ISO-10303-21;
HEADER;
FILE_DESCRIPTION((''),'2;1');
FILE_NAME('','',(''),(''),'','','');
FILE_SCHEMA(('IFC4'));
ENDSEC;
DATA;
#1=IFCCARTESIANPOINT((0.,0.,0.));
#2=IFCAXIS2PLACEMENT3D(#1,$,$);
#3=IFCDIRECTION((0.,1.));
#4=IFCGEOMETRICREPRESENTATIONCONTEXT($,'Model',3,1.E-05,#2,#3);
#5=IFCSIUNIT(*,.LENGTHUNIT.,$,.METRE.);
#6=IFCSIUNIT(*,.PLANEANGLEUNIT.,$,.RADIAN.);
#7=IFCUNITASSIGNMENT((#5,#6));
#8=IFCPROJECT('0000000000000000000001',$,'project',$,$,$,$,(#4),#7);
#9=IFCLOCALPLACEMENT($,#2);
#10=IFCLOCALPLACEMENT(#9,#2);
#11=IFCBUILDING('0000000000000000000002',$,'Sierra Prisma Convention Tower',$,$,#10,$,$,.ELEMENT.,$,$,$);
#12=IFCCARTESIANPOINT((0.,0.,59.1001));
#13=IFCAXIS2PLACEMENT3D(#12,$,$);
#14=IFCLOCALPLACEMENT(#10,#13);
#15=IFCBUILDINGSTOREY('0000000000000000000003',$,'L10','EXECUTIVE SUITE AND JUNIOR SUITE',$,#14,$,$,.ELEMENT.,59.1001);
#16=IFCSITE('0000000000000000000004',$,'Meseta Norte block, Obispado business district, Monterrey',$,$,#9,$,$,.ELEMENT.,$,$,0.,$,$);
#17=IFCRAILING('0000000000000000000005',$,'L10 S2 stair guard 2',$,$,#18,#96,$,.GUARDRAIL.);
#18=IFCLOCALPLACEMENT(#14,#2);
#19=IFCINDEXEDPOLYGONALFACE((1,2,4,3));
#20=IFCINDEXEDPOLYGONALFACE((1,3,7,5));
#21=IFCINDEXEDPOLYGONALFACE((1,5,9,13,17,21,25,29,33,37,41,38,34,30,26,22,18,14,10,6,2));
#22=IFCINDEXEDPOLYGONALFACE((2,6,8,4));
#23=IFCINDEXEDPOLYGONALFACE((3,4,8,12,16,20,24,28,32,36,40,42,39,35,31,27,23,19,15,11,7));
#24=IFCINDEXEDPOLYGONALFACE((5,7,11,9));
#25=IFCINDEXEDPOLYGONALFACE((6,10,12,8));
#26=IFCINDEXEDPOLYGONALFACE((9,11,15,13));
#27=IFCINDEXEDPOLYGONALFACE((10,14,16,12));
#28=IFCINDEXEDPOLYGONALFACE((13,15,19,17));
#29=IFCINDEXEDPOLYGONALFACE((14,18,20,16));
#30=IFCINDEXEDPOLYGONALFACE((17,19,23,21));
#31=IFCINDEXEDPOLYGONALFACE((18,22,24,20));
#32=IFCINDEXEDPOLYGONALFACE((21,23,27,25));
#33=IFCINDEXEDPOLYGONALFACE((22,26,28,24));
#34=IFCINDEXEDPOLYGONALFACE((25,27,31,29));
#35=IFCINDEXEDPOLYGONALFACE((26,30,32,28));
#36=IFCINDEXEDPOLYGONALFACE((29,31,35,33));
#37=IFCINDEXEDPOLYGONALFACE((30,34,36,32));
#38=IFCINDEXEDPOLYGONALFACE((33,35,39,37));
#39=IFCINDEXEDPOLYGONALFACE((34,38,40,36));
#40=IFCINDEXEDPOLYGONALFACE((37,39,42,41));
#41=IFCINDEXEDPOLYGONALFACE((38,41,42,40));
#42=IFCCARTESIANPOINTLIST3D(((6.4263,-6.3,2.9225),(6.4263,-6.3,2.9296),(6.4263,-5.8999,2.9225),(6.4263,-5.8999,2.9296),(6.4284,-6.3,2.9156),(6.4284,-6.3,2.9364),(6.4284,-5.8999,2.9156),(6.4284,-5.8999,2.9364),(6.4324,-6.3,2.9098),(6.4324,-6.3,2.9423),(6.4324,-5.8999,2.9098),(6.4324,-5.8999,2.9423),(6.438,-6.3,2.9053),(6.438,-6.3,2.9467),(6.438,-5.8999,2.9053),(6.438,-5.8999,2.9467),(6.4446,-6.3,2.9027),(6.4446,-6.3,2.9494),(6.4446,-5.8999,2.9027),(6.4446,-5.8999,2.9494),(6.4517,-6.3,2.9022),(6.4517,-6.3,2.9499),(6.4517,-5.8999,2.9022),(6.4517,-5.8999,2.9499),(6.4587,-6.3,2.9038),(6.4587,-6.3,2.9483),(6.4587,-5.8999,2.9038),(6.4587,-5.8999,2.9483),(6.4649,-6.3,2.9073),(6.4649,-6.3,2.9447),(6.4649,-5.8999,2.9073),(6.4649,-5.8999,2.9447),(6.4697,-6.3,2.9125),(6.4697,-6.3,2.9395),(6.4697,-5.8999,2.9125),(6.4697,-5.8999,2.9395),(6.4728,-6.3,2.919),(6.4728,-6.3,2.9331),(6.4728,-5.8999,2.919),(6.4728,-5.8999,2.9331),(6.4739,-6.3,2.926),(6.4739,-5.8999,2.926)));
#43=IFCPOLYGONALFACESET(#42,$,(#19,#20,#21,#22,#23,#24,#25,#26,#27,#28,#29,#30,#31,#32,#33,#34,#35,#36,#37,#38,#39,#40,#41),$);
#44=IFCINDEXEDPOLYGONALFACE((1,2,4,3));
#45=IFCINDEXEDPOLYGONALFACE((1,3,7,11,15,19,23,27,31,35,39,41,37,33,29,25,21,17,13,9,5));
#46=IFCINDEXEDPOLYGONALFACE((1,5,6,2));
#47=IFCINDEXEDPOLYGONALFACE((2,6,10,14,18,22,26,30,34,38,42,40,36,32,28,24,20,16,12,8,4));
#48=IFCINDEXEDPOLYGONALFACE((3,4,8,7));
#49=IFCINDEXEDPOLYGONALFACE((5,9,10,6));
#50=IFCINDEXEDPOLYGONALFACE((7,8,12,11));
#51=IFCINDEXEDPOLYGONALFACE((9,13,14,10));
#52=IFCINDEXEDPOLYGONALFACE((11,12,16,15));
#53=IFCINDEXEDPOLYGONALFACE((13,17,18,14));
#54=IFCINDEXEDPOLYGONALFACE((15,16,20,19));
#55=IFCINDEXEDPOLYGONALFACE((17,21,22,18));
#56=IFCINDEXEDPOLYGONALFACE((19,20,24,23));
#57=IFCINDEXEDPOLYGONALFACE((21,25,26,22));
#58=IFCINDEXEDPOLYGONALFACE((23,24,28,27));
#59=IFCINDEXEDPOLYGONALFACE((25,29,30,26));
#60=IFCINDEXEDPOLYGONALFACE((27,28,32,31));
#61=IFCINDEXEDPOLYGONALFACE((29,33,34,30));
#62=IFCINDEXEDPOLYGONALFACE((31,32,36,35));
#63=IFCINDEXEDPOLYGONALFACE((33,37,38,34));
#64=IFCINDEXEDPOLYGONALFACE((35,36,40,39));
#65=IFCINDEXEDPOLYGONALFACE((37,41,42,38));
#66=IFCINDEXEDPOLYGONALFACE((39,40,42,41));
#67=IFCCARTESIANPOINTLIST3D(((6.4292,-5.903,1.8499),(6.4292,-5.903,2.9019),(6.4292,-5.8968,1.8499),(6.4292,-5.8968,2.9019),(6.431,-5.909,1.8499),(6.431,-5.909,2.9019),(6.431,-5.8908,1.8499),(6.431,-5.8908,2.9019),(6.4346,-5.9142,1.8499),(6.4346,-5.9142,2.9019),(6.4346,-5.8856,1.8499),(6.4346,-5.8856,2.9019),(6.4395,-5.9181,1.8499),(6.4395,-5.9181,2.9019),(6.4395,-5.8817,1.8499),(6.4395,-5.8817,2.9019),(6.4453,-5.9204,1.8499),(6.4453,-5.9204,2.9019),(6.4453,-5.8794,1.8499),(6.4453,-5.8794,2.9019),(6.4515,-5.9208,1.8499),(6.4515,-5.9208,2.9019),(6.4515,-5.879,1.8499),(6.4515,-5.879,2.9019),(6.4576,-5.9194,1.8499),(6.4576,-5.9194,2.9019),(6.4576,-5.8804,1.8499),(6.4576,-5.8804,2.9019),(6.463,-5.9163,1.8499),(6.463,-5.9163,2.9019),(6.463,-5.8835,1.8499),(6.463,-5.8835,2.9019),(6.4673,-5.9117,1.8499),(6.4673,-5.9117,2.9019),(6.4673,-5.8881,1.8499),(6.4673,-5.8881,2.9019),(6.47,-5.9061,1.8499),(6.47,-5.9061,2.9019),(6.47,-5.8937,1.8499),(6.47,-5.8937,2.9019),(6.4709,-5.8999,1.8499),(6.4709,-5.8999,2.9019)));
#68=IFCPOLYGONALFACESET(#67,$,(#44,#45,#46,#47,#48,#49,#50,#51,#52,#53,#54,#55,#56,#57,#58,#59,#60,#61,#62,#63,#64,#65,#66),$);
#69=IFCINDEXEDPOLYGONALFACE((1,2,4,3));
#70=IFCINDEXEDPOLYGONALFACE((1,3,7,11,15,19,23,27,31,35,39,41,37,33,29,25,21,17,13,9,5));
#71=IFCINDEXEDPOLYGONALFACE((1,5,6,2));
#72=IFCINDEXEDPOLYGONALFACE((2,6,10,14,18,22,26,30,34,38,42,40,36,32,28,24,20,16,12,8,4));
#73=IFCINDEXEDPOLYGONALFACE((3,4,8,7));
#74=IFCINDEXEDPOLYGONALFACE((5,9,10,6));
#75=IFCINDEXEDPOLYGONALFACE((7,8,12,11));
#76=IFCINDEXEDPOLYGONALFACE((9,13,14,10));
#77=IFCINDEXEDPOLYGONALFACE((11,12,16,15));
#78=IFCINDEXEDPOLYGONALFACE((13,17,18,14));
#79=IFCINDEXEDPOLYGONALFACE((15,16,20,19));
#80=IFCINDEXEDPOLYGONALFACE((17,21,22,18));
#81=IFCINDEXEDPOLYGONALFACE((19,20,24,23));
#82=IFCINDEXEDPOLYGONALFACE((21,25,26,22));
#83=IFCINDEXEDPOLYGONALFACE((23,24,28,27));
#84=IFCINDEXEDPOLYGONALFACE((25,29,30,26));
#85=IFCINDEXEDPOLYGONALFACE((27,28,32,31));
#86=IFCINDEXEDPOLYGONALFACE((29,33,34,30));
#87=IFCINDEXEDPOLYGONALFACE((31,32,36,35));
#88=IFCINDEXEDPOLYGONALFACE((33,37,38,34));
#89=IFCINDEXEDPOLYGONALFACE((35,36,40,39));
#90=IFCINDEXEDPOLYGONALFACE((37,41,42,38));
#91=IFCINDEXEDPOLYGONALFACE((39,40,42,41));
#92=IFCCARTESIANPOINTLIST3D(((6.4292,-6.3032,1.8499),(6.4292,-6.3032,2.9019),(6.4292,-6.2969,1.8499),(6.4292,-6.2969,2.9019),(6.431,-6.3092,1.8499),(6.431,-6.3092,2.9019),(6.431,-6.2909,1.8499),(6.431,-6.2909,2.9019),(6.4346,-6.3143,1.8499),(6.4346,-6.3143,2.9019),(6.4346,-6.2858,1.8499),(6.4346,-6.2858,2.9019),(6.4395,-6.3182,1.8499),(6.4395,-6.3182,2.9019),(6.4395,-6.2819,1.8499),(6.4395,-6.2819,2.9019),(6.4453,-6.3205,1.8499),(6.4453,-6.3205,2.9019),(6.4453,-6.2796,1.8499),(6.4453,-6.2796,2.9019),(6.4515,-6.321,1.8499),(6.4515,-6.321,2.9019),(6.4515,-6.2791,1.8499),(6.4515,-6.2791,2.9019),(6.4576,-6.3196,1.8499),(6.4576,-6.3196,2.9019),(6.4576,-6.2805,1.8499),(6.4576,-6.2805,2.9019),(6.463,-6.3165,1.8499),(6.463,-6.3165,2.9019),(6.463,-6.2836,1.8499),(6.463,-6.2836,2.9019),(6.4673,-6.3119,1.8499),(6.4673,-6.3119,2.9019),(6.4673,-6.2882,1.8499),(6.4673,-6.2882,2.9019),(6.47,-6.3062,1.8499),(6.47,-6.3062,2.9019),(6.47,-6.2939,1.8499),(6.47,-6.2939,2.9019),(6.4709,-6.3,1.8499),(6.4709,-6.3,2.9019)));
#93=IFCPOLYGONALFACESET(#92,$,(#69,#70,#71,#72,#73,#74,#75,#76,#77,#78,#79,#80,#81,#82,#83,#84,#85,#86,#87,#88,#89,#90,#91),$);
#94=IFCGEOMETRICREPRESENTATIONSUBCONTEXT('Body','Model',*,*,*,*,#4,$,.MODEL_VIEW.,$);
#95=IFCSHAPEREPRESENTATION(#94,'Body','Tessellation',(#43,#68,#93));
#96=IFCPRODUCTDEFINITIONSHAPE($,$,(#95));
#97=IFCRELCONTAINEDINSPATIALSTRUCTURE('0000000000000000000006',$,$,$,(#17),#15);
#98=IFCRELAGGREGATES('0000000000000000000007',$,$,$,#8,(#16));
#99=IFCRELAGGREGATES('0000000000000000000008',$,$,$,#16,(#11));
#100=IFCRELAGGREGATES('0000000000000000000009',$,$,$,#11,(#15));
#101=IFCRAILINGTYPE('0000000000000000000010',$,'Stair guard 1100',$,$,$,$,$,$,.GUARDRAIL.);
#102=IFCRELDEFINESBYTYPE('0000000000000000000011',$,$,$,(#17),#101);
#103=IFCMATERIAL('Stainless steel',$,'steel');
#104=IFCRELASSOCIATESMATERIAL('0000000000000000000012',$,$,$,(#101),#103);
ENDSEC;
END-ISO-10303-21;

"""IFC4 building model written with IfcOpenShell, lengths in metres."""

from ifc_helpers import new_model, si_unit, direction, frame, origin, origin_2d, place, context, subcontext, project, spatial, circle, extrude, material, type_object, element, save


model = new_model("IFC4")

# Units and contexts
model_context = context("Model", 3, precision=1e-05, world=origin(), true_north=direction((0.0, 1.0)))
body_context = subcontext(model_context, "Body", "Model", "MODEL_VIEW")
ifc_project = project(units=[si_unit("LENGTHUNIT", "METRE"), si_unit("PLANEANGLEUNIT", "RADIAN")], contexts=[model_context])

# Site, building, storey
site_placement = place(None, origin())
site = spatial("IfcSite", under=ifc_project, at=site_placement, Name="Meseta Norte block, Obispado business district, Monterrey", CompositionType="ELEMENT", RefElevation=0.0)
building_placement = place(site_placement, origin())
building = spatial("IfcBuilding", under=site, at=building_placement, Name="Sierra Prisma Convention Tower", CompositionType="ELEMENT")
storey_placement = place(building_placement, frame((0.0, 0.0, 59.1001)))
storey = spatial("IfcBuildingStorey", under=building, at=storey_placement, Name="L10", Description="EXECUTIVE SUITE AND JUNIOR SUITE", CompositionType="ELEMENT", Elevation=59.1001)

# Railing
ifc_material_1 = material(Name="Stainless steel", Category="steel")
railing_type_1 = type_object("IfcRailingType", Name="Stair guard 1100", PredefinedType="GUARDRAIL", material=ifc_material_1)
railing_1_placement = place(storey_placement, frame((6.45, -5.8999, 1.8499)))
element("IfcRailing", 1, at=railing_1_placement, inside=storey, type_object=railing_type_1, Name="L10 S2 stair guard 2", PredefinedType="GUARDRAIL", context=body_context, shape_type="SweptSolid", body=[
    extrude(circle(Radius=0.0239, at=origin_2d()), frame((0.0, 0.0, 1.0762), z_axis=(0.0, -1.0, 0.0), x_axis=(1.0, 0.0, 0.0)), (0.0, 0.0, 1.0), 0.4001),
    extrude(circle(Radius=0.021, at=origin_2d()), origin(), (0.0, 0.0, 1.0), 1.052),
    extrude(circle(Radius=0.021, at=origin_2d()), frame((0.0, -0.4001, 0.0)), (0.0, 0.0, 1.0), 1.052),
])

save(model, "model.ifc")
